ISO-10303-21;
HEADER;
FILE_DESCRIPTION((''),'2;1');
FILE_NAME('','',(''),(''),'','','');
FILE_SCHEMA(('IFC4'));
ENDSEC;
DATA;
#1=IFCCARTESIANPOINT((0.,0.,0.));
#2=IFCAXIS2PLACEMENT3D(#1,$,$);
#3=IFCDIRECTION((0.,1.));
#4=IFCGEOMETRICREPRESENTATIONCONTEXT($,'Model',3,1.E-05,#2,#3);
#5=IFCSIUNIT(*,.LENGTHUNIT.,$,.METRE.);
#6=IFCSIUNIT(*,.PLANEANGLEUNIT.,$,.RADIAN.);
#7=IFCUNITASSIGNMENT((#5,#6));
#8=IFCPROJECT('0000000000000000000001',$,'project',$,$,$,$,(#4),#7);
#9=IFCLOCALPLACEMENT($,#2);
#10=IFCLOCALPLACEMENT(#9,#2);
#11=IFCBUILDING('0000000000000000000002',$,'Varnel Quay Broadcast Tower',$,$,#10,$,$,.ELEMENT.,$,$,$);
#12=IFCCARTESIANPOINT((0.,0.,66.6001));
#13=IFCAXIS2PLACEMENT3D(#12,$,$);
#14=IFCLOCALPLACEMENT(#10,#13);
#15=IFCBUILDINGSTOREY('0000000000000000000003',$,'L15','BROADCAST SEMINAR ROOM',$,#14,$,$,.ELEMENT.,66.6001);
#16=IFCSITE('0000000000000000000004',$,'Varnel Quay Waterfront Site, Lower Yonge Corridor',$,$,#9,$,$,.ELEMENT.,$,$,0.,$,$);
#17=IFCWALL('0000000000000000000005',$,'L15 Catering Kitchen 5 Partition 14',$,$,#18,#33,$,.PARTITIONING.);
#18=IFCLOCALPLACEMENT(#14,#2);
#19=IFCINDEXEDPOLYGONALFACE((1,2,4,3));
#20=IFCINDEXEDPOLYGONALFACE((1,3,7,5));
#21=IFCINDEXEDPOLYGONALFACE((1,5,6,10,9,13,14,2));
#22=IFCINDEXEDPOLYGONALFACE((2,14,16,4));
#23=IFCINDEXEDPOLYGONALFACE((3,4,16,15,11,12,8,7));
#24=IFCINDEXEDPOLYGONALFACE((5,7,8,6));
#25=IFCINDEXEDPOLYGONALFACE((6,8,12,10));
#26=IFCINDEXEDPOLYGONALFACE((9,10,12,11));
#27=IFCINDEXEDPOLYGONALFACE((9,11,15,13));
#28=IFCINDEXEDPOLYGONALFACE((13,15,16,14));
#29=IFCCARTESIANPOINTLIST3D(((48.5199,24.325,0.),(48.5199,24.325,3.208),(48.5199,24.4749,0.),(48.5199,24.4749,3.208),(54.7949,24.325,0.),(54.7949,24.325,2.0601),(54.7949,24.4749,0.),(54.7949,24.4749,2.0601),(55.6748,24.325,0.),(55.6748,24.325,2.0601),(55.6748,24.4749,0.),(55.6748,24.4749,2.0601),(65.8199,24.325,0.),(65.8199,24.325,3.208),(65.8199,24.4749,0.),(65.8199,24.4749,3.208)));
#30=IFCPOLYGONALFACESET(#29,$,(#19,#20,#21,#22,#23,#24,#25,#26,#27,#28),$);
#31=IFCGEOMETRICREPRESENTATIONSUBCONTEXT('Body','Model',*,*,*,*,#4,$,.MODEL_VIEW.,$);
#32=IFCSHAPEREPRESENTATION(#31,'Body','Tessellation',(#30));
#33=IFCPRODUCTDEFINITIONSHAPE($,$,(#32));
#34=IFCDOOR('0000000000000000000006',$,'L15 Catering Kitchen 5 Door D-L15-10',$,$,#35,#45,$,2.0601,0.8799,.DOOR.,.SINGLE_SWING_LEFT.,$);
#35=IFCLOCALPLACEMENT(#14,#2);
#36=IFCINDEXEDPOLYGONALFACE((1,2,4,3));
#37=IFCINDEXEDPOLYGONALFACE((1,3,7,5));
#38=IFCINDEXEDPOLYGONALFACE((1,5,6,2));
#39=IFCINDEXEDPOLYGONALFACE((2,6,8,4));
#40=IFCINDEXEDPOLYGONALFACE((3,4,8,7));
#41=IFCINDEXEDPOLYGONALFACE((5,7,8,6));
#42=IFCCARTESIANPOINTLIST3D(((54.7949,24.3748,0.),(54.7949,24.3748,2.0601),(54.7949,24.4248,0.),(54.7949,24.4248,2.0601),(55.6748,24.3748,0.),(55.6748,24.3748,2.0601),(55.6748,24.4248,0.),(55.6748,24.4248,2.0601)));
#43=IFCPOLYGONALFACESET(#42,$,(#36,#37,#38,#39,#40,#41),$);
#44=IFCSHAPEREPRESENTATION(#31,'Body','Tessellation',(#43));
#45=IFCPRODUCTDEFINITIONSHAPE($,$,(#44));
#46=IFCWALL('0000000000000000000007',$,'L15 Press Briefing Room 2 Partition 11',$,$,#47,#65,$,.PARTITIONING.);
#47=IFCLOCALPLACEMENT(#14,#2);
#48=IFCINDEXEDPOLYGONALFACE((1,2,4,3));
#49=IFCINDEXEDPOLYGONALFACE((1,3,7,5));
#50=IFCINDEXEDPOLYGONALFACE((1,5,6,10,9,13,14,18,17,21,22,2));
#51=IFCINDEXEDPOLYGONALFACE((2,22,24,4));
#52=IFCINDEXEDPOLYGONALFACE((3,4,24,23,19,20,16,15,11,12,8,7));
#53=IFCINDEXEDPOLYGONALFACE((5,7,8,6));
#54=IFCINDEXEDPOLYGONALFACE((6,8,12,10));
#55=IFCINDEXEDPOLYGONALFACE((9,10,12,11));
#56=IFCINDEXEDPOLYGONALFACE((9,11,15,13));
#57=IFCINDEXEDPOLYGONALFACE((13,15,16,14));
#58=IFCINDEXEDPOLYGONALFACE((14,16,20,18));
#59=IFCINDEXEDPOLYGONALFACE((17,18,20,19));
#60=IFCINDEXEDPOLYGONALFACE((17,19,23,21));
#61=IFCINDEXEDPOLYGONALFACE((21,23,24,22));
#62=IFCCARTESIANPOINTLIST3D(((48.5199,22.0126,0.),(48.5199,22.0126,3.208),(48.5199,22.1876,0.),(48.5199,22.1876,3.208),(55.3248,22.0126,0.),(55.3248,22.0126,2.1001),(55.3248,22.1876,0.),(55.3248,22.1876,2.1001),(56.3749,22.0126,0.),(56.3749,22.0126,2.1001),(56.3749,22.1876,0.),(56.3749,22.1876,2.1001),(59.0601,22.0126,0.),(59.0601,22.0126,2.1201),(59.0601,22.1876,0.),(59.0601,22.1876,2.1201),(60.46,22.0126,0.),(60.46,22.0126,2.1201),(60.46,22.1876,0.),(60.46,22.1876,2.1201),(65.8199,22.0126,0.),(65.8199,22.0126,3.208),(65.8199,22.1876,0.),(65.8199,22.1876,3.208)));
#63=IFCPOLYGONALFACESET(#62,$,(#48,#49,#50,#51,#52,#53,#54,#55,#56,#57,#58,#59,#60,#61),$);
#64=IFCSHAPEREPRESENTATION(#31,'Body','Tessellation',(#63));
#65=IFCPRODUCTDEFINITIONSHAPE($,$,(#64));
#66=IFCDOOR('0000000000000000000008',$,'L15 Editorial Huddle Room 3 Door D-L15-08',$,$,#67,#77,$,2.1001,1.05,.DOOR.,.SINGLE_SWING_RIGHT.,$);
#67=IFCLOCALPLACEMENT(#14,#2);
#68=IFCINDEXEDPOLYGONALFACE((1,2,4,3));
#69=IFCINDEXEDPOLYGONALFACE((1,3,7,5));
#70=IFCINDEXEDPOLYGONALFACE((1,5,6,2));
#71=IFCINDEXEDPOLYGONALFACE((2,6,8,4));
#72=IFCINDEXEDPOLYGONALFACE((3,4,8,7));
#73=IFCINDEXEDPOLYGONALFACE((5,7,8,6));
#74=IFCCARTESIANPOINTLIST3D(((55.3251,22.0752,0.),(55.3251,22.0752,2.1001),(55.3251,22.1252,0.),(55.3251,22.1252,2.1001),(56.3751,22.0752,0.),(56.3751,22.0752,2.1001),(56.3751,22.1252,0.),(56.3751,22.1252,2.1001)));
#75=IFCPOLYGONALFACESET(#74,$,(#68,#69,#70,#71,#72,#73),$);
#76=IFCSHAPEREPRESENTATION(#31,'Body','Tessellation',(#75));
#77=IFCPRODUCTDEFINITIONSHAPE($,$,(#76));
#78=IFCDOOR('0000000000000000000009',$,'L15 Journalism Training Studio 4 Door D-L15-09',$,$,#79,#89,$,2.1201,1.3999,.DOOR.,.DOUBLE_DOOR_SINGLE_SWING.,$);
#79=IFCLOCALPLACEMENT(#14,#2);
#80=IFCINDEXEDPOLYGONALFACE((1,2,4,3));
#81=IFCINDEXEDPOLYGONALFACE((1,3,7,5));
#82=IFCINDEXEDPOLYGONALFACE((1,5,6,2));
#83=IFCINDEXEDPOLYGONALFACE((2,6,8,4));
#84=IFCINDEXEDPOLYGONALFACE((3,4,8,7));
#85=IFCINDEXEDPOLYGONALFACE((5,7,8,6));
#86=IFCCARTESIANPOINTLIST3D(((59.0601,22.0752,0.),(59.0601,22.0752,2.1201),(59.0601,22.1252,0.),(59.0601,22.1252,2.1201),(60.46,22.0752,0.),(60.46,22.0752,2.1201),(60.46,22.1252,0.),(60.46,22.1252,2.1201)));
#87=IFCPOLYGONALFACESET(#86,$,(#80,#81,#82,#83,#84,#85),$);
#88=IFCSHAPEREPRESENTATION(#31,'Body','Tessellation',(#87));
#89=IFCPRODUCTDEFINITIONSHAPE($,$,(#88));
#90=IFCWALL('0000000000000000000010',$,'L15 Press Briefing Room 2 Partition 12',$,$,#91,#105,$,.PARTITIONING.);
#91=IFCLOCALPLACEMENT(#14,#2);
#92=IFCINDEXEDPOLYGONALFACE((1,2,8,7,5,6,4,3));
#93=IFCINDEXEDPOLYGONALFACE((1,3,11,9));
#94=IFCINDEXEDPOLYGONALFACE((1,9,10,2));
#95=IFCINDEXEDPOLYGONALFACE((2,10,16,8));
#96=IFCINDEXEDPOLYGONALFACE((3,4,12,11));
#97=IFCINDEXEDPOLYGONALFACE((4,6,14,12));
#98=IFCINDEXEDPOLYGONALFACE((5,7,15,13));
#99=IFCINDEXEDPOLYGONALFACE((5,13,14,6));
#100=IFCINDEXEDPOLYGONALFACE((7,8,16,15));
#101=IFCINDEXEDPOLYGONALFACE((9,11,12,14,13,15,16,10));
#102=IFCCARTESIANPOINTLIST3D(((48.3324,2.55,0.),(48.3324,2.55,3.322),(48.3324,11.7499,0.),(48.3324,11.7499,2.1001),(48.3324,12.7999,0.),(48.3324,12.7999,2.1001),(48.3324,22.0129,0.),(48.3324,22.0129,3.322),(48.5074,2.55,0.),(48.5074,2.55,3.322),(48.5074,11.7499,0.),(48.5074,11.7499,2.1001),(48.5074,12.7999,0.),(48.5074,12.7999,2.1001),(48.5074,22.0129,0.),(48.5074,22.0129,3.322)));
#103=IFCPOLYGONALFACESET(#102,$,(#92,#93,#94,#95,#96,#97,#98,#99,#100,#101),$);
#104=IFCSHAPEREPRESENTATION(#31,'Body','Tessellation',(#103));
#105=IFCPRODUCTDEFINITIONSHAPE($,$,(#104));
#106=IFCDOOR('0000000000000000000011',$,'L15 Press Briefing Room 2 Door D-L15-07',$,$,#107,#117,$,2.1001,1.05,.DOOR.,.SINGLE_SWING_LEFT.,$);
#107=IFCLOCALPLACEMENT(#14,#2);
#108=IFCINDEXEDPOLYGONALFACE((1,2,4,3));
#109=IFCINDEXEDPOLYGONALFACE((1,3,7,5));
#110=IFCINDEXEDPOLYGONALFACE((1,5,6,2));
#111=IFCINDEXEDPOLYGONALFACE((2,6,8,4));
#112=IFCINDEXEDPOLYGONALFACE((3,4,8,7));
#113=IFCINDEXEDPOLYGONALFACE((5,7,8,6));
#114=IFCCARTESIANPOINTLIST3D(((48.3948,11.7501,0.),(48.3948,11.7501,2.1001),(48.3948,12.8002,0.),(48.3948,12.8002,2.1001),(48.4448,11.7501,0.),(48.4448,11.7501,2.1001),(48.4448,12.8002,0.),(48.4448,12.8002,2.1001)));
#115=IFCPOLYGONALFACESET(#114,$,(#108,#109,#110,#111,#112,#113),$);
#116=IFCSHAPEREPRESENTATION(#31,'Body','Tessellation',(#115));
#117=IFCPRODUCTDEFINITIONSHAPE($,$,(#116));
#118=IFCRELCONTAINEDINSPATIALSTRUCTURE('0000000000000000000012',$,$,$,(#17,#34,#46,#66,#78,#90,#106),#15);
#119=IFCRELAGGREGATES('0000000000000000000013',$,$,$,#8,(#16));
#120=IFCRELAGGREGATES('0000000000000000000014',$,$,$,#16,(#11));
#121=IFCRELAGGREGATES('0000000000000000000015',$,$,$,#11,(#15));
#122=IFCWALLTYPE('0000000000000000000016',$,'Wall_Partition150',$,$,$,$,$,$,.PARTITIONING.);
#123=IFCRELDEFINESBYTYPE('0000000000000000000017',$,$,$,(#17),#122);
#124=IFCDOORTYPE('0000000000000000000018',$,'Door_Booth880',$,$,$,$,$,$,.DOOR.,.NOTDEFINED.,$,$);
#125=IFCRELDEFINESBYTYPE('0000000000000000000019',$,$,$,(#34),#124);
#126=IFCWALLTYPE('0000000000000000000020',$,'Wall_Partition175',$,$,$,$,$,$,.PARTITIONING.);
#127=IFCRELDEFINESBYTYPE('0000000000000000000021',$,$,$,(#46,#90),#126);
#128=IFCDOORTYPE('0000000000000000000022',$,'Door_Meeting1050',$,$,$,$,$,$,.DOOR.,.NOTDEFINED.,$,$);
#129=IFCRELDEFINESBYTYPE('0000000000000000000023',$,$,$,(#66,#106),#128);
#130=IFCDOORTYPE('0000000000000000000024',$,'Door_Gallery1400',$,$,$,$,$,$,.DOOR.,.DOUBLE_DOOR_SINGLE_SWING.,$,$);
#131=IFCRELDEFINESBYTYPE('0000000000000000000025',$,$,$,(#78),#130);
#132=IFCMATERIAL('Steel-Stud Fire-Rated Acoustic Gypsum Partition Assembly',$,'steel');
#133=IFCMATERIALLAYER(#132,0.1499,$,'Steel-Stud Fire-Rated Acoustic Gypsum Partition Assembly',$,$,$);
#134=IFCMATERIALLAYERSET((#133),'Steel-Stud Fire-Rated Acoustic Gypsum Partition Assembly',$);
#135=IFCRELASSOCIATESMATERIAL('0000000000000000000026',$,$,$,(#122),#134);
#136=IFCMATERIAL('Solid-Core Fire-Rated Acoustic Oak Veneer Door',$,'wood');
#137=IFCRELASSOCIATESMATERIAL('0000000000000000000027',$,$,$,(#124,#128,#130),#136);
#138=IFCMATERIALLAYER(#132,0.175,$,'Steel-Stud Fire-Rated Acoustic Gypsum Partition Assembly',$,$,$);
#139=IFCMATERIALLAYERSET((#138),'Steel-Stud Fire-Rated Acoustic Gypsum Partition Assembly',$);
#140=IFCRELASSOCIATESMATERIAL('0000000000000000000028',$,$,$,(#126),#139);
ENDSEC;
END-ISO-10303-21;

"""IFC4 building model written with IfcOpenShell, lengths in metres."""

from ifc_helpers import new_model, si_unit, direction, frame, frame_2d, origin, place, context, subcontext, project, spatial, rectangle, extrude, source, transform, mapped, material, layer, layer_set, type_object, type_shapes, element, fill, save


model = new_model("IFC4")

# Units and contexts
model_context = context("Model", 3, precision=1e-05, world=origin(), true_north=direction((0.0, 1.0)))
body_context = subcontext(model_context, "Body", "Model", "MODEL_VIEW")
ifc_project = project(units=[si_unit("LENGTHUNIT", "METRE"), si_unit("PLANEANGLEUNIT", "RADIAN")], contexts=[model_context])

# Site, building, storey
site_placement = place(None, origin())
site = spatial("IfcSite", under=ifc_project, at=site_placement, Name="Varnel Quay Waterfront Site, Lower Yonge Corridor", CompositionType="ELEMENT", RefElevation=0.0)
building_placement = place(site_placement, origin())
building = spatial("IfcBuilding", under=site, at=building_placement, Name="Varnel Quay Broadcast Tower", CompositionType="ELEMENT")
storey_placement = place(building_placement, frame((0.0, 0.0, 66.6001)))
storey = spatial("IfcBuildingStorey", under=building, at=storey_placement, Name="L15", Description="BROADCAST SEMINAR ROOM", CompositionType="ELEMENT", Elevation=66.6001)

# Wall, opening, door
ifc_material_1 = material(Name="Steel-Stud Fire-Rated Acoustic Gypsum Partition Assembly", Category="steel")
ifc_layer_1 = layer(ifc_material_1, 0.1499, Name="Steel-Stud Fire-Rated Acoustic Gypsum Partition Assembly")
ifc_layer_set_1 = layer_set([ifc_layer_1], Name="Steel-Stud Fire-Rated Acoustic Gypsum Partition Assembly")
wall_type_1 = type_object("IfcWallType", Name="Wall_Partition150", PredefinedType="PARTITIONING", material=ifc_layer_set_1)
wall_1_placement = place(storey_placement, frame((48.52, 24.3999, 0.0), z_axis=(0.0, 0.0, 1.0), x_axis=(1.0, 0.0, 0.0)))
wall_1 = element("IfcWall", 1, at=wall_1_placement, inside=storey, type_object=wall_type_1, Name="L15 Catering Kitchen 5 Partition 14", PredefinedType="PARTITIONING", context=body_context, shape_type="SweptSolid", body=[
    extrude(rectangle(XDim=17.3, YDim=0.1499, at=frame_2d((8.6499, 0.0))), origin(), (0.0, 0.0, 1.0), 3.208),
])
opening_1_placement = place(wall_1_placement, frame((6.2749, 0.0, 0.0)))
opening_1 = element("IfcOpeningElement", 2, at=opening_1_placement, cuts=wall_1, PredefinedType="OPENING", context=body_context, shape_type="SweptSolid", body=[
    extrude(rectangle(XDim=0.8799, YDim=2.0601, at=frame_2d((0.4399, 1.03))), frame((0.0, 0.085, 0.0), z_axis=(0.0, -1.0, 0.0), x_axis=(1.0, 0.0, 0.0)), (0.0, 0.0, 1.0), 0.1699),
])
ifc_material_2 = material(Name="Solid-Core Fire-Rated Acoustic Oak Veneer Door", Category="wood")
door_type_1 = type_object("IfcDoorType", Name="Door_Booth880", OperationType="NOTDEFINED", PredefinedType="DOOR", material=ifc_material_2)
shared_shape_1 = source(origin(), body_context, "Body", "SweptSolid", [
    extrude(rectangle(XDim=0.8799, YDim=2.0601, at=frame_2d((0.4399, 1.03))), frame((0.0, 0.0249, 0.0), z_axis=(0.0, -1.0, 0.0), x_axis=(1.0, 0.0, 0.0)), (0.0, 0.0, 1.0), 0.05),
])
type_shapes(door_type_1, [shared_shape_1])
door_1_placement = place(opening_1_placement, origin())
door_1 = element("IfcDoor", 3, at=door_1_placement, inside=storey, type_object=door_type_1, Name="L15 Catering Kitchen 5 Door D-L15-10", OperationType="SINGLE_SWING_LEFT", OverallHeight=2.0601, OverallWidth=0.8799, PredefinedType="DOOR", context=body_context, shape_type="MappedRepresentation", body=[
    mapped(shared_shape_1, transform((0.0, 0.0, 0.0), x_axis=(1.0, 0.0, 0.0), y_axis=(0.0, 1.0, 0.0), z_axis=(0.0, 0.0, 1.0), scale=1.0)),
])
fill(opening_1, door_1)

# Wall, openings, doors
ifc_layer_2 = layer(ifc_material_1, 0.175, Name="Steel-Stud Fire-Rated Acoustic Gypsum Partition Assembly")
ifc_layer_set_2 = layer_set([ifc_layer_2], Name="Steel-Stud Fire-Rated Acoustic Gypsum Partition Assembly")
wall_type_2 = type_object("IfcWallType", Name="Wall_Partition175", PredefinedType="PARTITIONING", material=ifc_layer_set_2)
wall_2_placement = place(storey_placement, frame((48.52, 22.1001, 0.0), z_axis=(0.0, 0.0, 1.0), x_axis=(1.0, 0.0, 0.0)))
wall_2 = element("IfcWall", 4, at=wall_2_placement, inside=storey, type_object=wall_type_2, Name="L15 Press Briefing Room 2 Partition 11", PredefinedType="PARTITIONING", context=body_context, shape_type="SweptSolid", body=[
    extrude(rectangle(XDim=17.3, YDim=0.175, at=frame_2d((8.6499, 0.0))), origin(), (0.0, 0.0, 1.0), 3.208),
])
opening_2_placement = place(wall_2_placement, frame((6.8049, 0.0, 0.0)))
opening_2 = element("IfcOpeningElement", 5, at=opening_2_placement, cuts=wall_2, PredefinedType="OPENING", context=body_context, shape_type="SweptSolid", body=[
    extrude(rectangle(XDim=1.05, YDim=2.1001, at=frame_2d((0.5249, 1.05))), frame((0.0, 0.0977, 0.0), z_axis=(0.0, -1.0, 0.0), x_axis=(1.0, 0.0, 0.0)), (0.0, 0.0, 1.0), 0.1951),
])
opening_3_placement = place(wall_2_placement, frame((10.54, 0.0, 0.0)))
opening_3 = element("IfcOpeningElement", 6, at=opening_3_placement, cuts=wall_2, PredefinedType="OPENING", context=body_context, shape_type="SweptSolid", body=[
    extrude(rectangle(XDim=1.3999, YDim=2.1201, at=frame_2d((0.7, 1.0601))), frame((0.0, 0.0977, 0.0), z_axis=(0.0, -1.0, 0.0), x_axis=(1.0, 0.0, 0.0)), (0.0, 0.0, 1.0), 0.1951),
])
door_type_2 = type_object("IfcDoorType", Name="Door_Meeting1050", OperationType="NOTDEFINED", PredefinedType="DOOR", material=ifc_material_2)
shared_shape_2 = source(origin(), body_context, "Body", "SweptSolid", [
    extrude(rectangle(XDim=1.05, YDim=2.1001, at=frame_2d((0.5249, 1.05))), frame((0.0, 0.0249, 0.0), z_axis=(0.0, -1.0, 0.0), x_axis=(1.0, 0.0, 0.0)), (0.0, 0.0, 1.0), 0.05),
])
type_shapes(door_type_2, [shared_shape_2])
door_2_placement = place(opening_2_placement, frame((1.05, 0.0, 0.0), z_axis=(0.0, 0.0, 1.0), x_axis=(-1.0, 0.0, 0.0)))
door_2 = element("IfcDoor", 7, at=door_2_placement, inside=storey, type_object=door_type_2, Name="L15 Editorial Huddle Room 3 Door D-L15-08", OperationType="SINGLE_SWING_RIGHT", OverallHeight=2.1001, OverallWidth=1.05, PredefinedType="DOOR", context=body_context, shape_type="MappedRepresentation", body=[
    mapped(shared_shape_2, transform((0.0, 0.0, 0.0), x_axis=(1.0, 0.0, 0.0), y_axis=(0.0, 1.0, 0.0), z_axis=(0.0, 0.0, 1.0), scale=1.0)),
])
fill(opening_2, door_2)
door_type_3 = type_object("IfcDoorType", Name="Door_Gallery1400", OperationType="DOUBLE_DOOR_SINGLE_SWING", PredefinedType="DOOR", material=ifc_material_2)
shared_shape_3 = source(origin(), body_context, "Body", "SweptSolid", [
    extrude(rectangle(XDim=1.3999, YDim=2.1201, at=frame_2d((0.7, 1.0601))), frame((0.0, 0.0249, 0.0), z_axis=(0.0, -1.0, 0.0), x_axis=(1.0, 0.0, 0.0)), (0.0, 0.0, 1.0), 0.05),
])
type_shapes(door_type_3, [shared_shape_3])
door_3_placement = place(opening_3_placement, frame((1.3999, 0.0, 0.0), z_axis=(0.0, 0.0, 1.0), x_axis=(-1.0, 0.0, 0.0)))
door_3 = element("IfcDoor", 8, at=door_3_placement, inside=storey, type_object=door_type_3, Name="L15 Journalism Training Studio 4 Door D-L15-09", OperationType="DOUBLE_DOOR_SINGLE_SWING", OverallHeight=2.1201, OverallWidth=1.3999, PredefinedType="DOOR", context=body_context, shape_type="MappedRepresentation", body=[
    mapped(shared_shape_3, transform((0.0, 0.0, 0.0), x_axis=(1.0, 0.0, 0.0), y_axis=(0.0, 1.0, 0.0), z_axis=(0.0, 0.0, 1.0), scale=1.0)),
])
fill(opening_3, door_3)

# Wall, opening, door
wall_3_placement = place(storey_placement, frame((48.4199, 2.55, 0.0), z_axis=(0.0, 0.0, 1.0), x_axis=(0.0, 1.0, 0.0)))
wall_3 = element("IfcWall", 9, at=wall_3_placement, inside=storey, type_object=wall_type_2, Name="L15 Press Briefing Room 2 Partition 12", PredefinedType="PARTITIONING", context=body_context, shape_type="SweptSolid", body=[
    extrude(rectangle(XDim=19.4629, YDim=0.175, at=frame_2d((9.7314, 0.0))), origin(), (0.0, 0.0, 1.0), 3.322),
])
opening_4_placement = place(wall_3_placement, frame((9.2, 0.0, 0.0)))
opening_4 = element("IfcOpeningElement", 10, at=opening_4_placement, cuts=wall_3, PredefinedType="OPENING", context=body_context, shape_type="SweptSolid", body=[
    extrude(rectangle(XDim=1.05, YDim=2.1001, at=frame_2d((0.5249, 1.05))), frame((0.0, 0.0977, 0.0), z_axis=(0.0, -1.0, 0.0), x_axis=(1.0, 0.0, 0.0)), (0.0, 0.0, 1.0), 0.1951),
])
door_4_placement = place(opening_4_placement, frame((1.05, 0.0, 0.0), z_axis=(0.0, 0.0, 1.0), x_axis=(-1.0, 0.0, 0.0)))
door_4 = element("IfcDoor", 11, at=door_4_placement, inside=storey, type_object=door_type_2, Name="L15 Press Briefing Room 2 Door D-L15-07", OperationType="SINGLE_SWING_LEFT", OverallHeight=2.1001, OverallWidth=1.05, PredefinedType="DOOR", context=body_context, shape_type="MappedRepresentation", body=[
    mapped(shared_shape_2, transform((0.0, 0.0, 0.0), x_axis=(1.0, 0.0, 0.0), y_axis=(0.0, 1.0, 0.0), z_axis=(0.0, 0.0, 1.0), scale=1.0)),
])
fill(opening_4, door_4)

save(model, "model.ifc")
